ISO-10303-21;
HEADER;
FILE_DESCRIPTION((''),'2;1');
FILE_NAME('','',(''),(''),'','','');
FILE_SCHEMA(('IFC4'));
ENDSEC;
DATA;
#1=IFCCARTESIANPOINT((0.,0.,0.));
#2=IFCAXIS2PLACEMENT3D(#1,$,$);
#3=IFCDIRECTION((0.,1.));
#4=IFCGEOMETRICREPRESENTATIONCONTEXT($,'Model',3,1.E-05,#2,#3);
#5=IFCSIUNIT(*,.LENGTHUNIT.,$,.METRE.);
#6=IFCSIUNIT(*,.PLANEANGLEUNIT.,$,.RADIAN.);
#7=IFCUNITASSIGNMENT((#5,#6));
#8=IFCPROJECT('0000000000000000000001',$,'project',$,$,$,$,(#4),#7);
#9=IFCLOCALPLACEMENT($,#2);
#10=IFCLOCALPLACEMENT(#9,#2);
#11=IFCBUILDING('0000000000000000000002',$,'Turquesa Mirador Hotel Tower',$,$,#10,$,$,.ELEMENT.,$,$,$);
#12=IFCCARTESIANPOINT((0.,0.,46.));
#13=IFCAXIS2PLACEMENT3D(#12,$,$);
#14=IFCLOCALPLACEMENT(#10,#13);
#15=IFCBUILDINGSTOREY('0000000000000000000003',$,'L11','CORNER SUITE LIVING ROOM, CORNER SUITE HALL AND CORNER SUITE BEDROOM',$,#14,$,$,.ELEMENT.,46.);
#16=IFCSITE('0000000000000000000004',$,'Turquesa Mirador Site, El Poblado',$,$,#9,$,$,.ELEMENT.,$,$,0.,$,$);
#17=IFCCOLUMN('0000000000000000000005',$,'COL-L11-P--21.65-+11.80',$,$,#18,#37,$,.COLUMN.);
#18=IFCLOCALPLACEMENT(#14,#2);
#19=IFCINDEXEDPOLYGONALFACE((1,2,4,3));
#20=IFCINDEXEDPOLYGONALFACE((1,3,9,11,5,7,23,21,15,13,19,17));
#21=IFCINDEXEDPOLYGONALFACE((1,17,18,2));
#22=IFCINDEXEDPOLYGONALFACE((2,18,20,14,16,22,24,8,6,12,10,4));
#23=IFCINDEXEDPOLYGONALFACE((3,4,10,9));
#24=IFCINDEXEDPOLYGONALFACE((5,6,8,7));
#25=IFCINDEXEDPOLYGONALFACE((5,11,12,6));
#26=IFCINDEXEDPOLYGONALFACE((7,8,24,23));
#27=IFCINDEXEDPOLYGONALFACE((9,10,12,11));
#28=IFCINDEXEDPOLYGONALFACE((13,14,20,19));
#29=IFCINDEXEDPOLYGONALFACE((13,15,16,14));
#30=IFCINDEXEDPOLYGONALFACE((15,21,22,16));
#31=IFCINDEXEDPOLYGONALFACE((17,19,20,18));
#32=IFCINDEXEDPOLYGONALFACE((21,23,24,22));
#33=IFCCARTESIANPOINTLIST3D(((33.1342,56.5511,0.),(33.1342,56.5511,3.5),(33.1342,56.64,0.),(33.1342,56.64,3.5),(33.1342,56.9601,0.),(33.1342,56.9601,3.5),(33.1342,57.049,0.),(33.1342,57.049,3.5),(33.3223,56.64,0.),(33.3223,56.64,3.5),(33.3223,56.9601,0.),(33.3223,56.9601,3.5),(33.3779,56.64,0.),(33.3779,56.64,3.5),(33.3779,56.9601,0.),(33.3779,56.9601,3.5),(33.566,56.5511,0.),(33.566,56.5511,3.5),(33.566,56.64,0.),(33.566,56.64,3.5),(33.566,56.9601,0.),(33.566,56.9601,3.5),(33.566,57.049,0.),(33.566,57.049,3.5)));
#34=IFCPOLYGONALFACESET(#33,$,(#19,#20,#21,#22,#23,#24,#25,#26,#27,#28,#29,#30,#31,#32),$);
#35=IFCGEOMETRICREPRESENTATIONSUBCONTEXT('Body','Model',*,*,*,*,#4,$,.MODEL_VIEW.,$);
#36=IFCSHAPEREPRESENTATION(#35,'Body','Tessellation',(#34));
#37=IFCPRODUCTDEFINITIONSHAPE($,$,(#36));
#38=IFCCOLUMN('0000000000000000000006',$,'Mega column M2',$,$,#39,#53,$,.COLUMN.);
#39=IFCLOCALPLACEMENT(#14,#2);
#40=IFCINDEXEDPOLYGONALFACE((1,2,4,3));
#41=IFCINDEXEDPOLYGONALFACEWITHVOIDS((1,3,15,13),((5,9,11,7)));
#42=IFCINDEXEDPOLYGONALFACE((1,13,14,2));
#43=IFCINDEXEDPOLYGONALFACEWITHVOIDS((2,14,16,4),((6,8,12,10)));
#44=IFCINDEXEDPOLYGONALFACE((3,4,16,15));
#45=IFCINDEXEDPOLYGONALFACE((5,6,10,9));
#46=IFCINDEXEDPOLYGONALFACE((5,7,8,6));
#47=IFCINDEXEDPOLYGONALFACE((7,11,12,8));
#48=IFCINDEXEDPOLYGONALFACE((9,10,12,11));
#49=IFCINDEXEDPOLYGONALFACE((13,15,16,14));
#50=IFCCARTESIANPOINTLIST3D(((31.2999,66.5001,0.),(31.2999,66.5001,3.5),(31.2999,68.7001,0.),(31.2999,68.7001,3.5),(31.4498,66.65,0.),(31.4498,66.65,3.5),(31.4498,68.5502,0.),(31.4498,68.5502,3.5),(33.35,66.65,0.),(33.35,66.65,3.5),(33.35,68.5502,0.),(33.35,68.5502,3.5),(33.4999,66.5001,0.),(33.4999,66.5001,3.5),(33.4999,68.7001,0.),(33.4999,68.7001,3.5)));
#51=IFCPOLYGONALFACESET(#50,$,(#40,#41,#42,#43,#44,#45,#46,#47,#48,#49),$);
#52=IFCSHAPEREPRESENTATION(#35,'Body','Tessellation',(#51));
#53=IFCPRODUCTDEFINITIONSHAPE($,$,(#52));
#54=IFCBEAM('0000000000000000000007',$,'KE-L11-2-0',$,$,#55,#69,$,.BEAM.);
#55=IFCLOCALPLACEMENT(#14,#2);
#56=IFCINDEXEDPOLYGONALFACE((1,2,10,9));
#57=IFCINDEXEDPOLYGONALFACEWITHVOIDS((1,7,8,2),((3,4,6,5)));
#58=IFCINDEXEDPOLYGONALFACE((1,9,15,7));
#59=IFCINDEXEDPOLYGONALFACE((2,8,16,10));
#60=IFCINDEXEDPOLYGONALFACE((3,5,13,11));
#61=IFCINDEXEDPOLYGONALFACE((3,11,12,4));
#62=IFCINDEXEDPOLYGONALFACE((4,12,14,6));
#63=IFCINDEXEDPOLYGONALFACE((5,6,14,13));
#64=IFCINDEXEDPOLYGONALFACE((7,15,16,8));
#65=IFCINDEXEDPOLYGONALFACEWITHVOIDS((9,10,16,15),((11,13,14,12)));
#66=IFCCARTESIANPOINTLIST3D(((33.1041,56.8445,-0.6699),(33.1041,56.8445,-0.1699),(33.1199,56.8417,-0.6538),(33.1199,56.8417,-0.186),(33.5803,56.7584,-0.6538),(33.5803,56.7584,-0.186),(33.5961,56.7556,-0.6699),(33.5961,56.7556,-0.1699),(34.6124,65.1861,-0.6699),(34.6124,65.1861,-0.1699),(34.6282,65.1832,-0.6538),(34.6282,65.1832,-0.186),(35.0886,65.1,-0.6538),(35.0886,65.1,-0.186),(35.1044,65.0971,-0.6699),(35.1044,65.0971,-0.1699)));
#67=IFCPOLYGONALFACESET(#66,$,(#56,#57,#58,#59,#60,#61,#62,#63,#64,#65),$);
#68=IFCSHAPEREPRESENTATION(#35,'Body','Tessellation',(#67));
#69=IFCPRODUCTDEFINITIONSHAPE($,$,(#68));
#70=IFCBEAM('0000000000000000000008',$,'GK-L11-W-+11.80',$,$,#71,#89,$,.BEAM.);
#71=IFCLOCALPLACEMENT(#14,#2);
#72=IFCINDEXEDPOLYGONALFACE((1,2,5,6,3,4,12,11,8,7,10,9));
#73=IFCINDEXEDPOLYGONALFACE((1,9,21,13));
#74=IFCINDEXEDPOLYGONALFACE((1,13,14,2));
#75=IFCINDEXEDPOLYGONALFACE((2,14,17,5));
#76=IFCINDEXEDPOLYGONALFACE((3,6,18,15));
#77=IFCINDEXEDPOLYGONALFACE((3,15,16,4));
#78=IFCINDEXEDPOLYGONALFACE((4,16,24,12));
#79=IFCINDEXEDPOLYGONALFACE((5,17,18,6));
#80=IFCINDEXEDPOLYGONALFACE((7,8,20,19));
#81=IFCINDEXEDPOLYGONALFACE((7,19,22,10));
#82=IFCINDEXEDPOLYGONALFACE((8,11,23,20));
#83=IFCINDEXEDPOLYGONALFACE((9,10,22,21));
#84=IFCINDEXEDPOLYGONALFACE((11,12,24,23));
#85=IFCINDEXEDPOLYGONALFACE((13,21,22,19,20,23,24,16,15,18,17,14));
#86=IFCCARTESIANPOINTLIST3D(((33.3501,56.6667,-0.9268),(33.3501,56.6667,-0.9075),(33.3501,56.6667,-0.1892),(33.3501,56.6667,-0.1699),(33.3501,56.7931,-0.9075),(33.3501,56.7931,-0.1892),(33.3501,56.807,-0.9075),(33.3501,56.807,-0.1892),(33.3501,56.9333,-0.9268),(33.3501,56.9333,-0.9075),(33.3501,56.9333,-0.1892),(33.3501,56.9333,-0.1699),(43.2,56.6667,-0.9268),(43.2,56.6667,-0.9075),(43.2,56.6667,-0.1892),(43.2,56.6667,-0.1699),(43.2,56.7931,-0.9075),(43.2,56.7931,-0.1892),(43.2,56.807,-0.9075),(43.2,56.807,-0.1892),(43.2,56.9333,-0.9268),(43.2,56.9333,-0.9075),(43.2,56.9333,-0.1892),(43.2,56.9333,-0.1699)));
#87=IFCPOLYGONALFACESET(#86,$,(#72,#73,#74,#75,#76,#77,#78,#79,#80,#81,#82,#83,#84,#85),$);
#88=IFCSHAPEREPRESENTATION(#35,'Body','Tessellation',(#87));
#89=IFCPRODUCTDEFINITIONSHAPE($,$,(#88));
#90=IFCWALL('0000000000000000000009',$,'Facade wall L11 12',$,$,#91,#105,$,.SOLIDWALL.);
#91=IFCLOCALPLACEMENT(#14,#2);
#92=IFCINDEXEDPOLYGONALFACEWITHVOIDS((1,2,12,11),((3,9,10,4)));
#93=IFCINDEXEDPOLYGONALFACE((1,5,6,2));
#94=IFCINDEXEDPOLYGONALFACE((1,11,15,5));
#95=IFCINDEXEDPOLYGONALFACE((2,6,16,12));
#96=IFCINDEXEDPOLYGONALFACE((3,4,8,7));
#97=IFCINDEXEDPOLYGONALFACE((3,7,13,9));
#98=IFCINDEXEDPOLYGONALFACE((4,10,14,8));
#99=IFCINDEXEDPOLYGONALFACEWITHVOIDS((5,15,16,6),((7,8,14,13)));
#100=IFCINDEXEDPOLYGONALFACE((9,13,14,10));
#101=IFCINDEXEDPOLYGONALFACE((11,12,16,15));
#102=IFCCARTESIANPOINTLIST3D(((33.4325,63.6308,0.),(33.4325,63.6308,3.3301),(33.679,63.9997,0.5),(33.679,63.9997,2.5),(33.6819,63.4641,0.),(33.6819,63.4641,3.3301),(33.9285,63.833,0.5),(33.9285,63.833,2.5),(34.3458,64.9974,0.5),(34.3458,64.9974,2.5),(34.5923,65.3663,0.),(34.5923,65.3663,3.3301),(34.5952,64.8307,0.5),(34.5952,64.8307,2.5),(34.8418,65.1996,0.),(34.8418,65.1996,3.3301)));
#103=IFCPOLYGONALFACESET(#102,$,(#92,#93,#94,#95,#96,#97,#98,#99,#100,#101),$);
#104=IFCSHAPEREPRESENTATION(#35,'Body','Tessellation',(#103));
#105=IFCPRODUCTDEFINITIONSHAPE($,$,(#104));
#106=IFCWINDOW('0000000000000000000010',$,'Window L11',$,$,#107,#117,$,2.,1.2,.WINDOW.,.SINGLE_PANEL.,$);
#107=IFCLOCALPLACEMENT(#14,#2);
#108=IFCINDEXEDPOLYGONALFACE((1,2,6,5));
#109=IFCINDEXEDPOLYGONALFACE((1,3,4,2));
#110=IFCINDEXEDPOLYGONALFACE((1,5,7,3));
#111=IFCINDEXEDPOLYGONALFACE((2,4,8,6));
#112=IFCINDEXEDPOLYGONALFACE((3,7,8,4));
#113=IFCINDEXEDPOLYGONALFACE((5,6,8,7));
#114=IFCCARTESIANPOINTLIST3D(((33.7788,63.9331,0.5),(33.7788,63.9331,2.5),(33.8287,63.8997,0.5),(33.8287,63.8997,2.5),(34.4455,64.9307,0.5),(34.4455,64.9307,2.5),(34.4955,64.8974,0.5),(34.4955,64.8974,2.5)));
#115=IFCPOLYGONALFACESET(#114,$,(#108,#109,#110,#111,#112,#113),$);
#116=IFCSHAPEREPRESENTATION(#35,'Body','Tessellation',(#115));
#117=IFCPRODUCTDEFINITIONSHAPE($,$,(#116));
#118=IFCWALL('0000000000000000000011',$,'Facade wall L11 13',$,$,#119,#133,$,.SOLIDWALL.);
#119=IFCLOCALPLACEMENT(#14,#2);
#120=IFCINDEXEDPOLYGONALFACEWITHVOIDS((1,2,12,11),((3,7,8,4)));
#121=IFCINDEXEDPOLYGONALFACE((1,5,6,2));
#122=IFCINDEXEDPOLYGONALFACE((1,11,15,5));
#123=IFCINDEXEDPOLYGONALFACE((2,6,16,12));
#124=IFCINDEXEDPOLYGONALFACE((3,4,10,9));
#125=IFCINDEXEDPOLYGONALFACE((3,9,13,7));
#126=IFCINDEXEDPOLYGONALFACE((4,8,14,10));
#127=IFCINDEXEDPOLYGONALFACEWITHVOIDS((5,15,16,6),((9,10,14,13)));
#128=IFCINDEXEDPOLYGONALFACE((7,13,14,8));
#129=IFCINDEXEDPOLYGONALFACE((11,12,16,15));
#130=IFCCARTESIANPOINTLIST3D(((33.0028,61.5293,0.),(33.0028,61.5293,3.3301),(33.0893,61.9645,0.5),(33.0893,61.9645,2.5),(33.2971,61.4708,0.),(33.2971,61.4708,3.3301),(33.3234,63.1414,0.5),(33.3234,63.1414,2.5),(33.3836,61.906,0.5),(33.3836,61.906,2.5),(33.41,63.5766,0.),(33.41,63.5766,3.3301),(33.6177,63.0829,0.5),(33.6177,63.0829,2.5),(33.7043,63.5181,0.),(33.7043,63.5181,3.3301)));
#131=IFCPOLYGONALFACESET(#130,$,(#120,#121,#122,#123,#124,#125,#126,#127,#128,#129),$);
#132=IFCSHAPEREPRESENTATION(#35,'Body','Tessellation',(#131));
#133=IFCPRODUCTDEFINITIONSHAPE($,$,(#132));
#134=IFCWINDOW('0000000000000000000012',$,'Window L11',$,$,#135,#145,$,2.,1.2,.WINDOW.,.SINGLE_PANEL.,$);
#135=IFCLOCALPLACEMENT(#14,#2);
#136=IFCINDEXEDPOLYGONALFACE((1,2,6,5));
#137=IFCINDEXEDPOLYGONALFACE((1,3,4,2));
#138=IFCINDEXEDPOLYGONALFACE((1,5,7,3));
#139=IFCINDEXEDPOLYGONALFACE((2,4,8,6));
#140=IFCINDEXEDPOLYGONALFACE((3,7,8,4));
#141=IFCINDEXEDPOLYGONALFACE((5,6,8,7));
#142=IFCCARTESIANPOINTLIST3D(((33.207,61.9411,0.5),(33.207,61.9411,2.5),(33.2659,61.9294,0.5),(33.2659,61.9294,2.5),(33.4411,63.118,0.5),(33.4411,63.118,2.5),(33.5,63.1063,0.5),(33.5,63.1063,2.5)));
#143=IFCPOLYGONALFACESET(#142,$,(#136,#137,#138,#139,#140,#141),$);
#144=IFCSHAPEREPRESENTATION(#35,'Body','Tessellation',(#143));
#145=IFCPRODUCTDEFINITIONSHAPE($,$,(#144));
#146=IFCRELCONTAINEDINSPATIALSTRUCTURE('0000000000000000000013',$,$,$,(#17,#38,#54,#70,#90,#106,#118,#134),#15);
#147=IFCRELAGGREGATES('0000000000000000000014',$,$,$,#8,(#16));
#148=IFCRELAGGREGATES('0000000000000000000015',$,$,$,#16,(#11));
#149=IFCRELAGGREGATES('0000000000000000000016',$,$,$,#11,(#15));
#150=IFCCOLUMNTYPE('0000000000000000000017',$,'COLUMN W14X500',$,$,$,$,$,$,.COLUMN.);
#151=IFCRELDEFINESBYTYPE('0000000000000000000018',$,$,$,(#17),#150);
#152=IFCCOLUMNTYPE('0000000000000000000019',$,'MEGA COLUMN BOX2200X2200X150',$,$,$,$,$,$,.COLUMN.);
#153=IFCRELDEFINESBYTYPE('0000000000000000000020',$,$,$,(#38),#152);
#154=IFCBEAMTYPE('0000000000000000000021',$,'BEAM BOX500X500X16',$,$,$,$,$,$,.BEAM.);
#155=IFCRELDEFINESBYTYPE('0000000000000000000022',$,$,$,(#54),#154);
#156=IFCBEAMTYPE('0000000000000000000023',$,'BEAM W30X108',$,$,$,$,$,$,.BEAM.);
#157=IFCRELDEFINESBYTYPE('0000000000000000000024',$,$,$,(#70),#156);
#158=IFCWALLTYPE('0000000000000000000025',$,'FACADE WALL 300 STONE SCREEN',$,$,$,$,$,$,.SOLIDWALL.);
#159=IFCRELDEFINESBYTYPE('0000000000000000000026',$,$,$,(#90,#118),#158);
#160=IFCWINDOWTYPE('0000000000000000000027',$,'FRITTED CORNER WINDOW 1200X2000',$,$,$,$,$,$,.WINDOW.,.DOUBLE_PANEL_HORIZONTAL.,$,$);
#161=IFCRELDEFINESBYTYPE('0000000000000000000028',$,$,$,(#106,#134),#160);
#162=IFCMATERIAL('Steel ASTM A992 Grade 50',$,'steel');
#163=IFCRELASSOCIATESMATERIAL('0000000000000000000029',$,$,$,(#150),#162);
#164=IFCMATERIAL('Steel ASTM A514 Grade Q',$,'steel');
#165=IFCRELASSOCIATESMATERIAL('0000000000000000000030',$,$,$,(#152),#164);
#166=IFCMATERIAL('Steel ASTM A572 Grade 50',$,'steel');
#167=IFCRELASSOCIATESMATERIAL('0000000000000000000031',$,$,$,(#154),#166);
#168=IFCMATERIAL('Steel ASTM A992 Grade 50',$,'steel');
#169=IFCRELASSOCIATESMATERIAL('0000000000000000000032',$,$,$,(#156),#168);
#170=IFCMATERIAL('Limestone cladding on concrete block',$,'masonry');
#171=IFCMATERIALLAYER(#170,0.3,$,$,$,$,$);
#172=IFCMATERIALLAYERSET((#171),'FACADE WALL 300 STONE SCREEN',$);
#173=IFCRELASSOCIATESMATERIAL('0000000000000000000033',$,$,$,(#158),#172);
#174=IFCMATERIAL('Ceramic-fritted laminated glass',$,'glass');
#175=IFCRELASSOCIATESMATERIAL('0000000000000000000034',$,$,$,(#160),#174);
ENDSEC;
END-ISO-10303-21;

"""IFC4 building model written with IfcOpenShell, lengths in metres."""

from ifc_helpers import new_model, si_unit, direction, frame, frame_2d, origin, origin_2d, place, context, subcontext, project, spatial, rectangle, hollow_rectangle, i_section, extrude, material, layer, layer_set, material_profile, profile_set, type_object, element, fill, save


model = new_model("IFC4")

# Units and contexts
model_context = context("Model", 3, precision=1e-05, world=origin(), true_north=direction((0.0, 1.0)))
body_context = subcontext(model_context, "Body", "Model", "MODEL_VIEW")
ifc_project = project(units=[si_unit("LENGTHUNIT", "METRE"), si_unit("PLANEANGLEUNIT", "RADIAN")], contexts=[model_context])

# Site, building, storey
site_placement = place(None, origin())
site = spatial("IfcSite", under=ifc_project, at=site_placement, Name="Turquesa Mirador Site, El Poblado", CompositionType="ELEMENT", RefElevation=0.0)
building_placement = place(site_placement, origin())
building = spatial("IfcBuilding", under=site, at=building_placement, Name="Turquesa Mirador Hotel Tower", CompositionType="ELEMENT")
storey_placement = place(building_placement, frame((0.0, 0.0, 46.0)))
storey = spatial("IfcBuildingStorey", under=building, at=storey_placement, Name="L11", Description="CORNER SUITE LIVING ROOM, CORNER SUITE HALL AND CORNER SUITE BEDROOM", CompositionType="ELEMENT", Elevation=46.0)

# Columns
ifc_material_1 = material(Name="Steel ASTM A992 Grade 50", Category="steel")
ifc_material_profile_1 = material_profile(ifc_material_1, i_section(OverallWidth=0.4319, OverallDepth=0.4978, WebThickness=0.0557, FlangeThickness=0.0889, at=origin_2d()), Name="W14X500")
ifc_profile_set_1 = profile_set([ifc_material_profile_1], Name="Steel ASTM A992 Grade 50")
column_type_1 = type_object("IfcColumnType", Name="COLUMN W14X500", PredefinedType="COLUMN", material=ifc_profile_set_1)
column_1_placement = place(storey_placement, frame((33.3501, 56.8, 0.0), z_axis=(0.0, 0.0, 1.0), x_axis=(1.0, 0.0, 0.0)))
element("IfcColumn", 1, at=column_1_placement, inside=storey, type_object=column_type_1, Name="COL-L11-P--21.65-+11.80", PredefinedType="COLUMN", context=body_context, shape_type="SweptSolid", body=[
    extrude(i_section(OverallWidth=0.4319, OverallDepth=0.4978, WebThickness=0.0557, FlangeThickness=0.0889, at=origin_2d()), origin(), (0.0, 0.0, 1.0), 3.5),
])
ifc_material_2 = material(Name="Steel ASTM A514 Grade Q", Category="steel")
ifc_material_profile_2 = material_profile(ifc_material_2, hollow_rectangle(XDim=2.2, YDim=2.2, WallThickness=0.1499, at=origin_2d()), Name="BOX2200X2200X150")
ifc_profile_set_2 = profile_set([ifc_material_profile_2], Name="Steel ASTM A514 Grade Q")
column_type_2 = type_object("IfcColumnType", Name="MEGA COLUMN BOX2200X2200X150", PredefinedType="COLUMN", material=ifc_profile_set_2)
column_2_placement = place(storey_placement, frame((32.3999, 67.6001, 0.0), z_axis=(0.0, 0.0, 1.0), x_axis=(1.0, 0.0, 0.0)))
element("IfcColumn", 2, at=column_2_placement, inside=storey, type_object=column_type_2, Name="Mega column M2", PredefinedType="COLUMN", context=body_context, shape_type="SweptSolid", body=[
    extrude(hollow_rectangle(XDim=2.2, YDim=2.2, WallThickness=0.1499, at=origin_2d()), origin(), (0.0, 0.0, 1.0), 3.5),
])

# Beams
ifc_material_3 = material(Name="Steel ASTM A572 Grade 50", Category="steel")
ifc_material_profile_3 = material_profile(ifc_material_3, hollow_rectangle(XDim=0.5, YDim=0.5, WallThickness=0.0161, at=origin_2d()), Name="BOX500X500X16")
ifc_profile_set_3 = profile_set([ifc_material_profile_3], Name="Steel ASTM A572 Grade 50")
beam_type_1 = type_object("IfcBeamType", Name="BEAM BOX500X500X16", PredefinedType="BEAM", material=ifc_profile_set_3)
beam_1_placement = place(storey_placement, frame((33.3501, 56.8, -0.4199), z_axis=(0.177932, 0.984043, 0.0), x_axis=(-0.984043, 0.177932, 0.0)))
element("IfcBeam", 3, at=beam_1_placement, inside=storey, type_object=beam_type_1, Name="KE-L11-2-0", PredefinedType="BEAM", context=body_context, shape_type="SweptSolid", body=[
    extrude(hollow_rectangle(XDim=0.5, YDim=0.5, WallThickness=0.0161, at=origin_2d()), origin(), (0.0, 0.0, 1.0), 8.4768),
])
ifc_material_4 = material(Name="Steel ASTM A992 Grade 50", Category="steel")
ifc_material_profile_4 = material_profile(ifc_material_4, i_section(OverallWidth=0.2666, OverallDepth=0.7568, WebThickness=0.0139, FlangeThickness=0.0193, at=origin_2d()), Name="W30X108")
ifc_profile_set_4 = profile_set([ifc_material_profile_4], Name="Steel ASTM A992 Grade 50")
beam_type_2 = type_object("IfcBeamType", Name="BEAM W30X108", PredefinedType="BEAM", material=ifc_profile_set_4)
beam_2_placement = place(storey_placement, frame((33.3501, 56.8, -0.5483), z_axis=(1.0, 0.0, 0.0), x_axis=(0.0, 1.0, 0.0)))
element("IfcBeam", 4, at=beam_2_placement, inside=storey, type_object=beam_type_2, Name="GK-L11-W-+11.80", PredefinedType="BEAM", context=body_context, shape_type="SweptSolid", body=[
    extrude(i_section(OverallWidth=0.2666, OverallDepth=0.7568, WebThickness=0.0139, FlangeThickness=0.0193, at=origin_2d()), origin(), (0.0, 0.0, 1.0), 9.8499),
])

# Walls, openings, windows
ifc_material_5 = material(Name="Limestone cladding on concrete block", Category="masonry")
ifc_layer_1 = layer(ifc_material_5, 0.3)
ifc_layer_set_1 = layer_set([ifc_layer_1], Name="FACADE WALL 300 STONE SCREEN")
wall_type_1 = type_object("IfcWallType", Name="FACADE WALL 300 STONE SCREEN", PredefinedType="SOLIDWALL", material=ifc_layer_set_1)
wall_1_placement = place(storey_placement, frame((34.717, 65.283, 0.0), z_axis=(0.0, 0.0, 1.0), x_axis=(-0.555644, -0.83142, 0.0)))
wall_1 = element("IfcWall", 5, at=wall_1_placement, inside=storey, type_object=wall_type_1, Name="Facade wall L11 12", PredefinedType="SOLIDWALL", context=body_context, shape_type="SweptSolid", body=[
    extrude(rectangle(XDim=2.0874, YDim=0.3, at=frame_2d((1.0437, 0.0))), origin(), (0.0, 0.0, 1.0), 3.3301),
])
opening_1_placement = place(wall_1_placement, frame((0.4436, 0.0, 0.5)))
opening_1 = element("IfcOpeningElement", 6, at=opening_1_placement, cuts=wall_1, PredefinedType="OPENING", context=body_context, shape_type="SweptSolid", body=[
    extrude(rectangle(XDim=1.2, YDim=2.0, at=frame_2d((0.6001, 1.0))), frame((0.0, 0.1599, 0.0), z_axis=(0.0, -1.0, 0.0), x_axis=(1.0, 0.0, 0.0)), (0.0, 0.0, 1.0), 0.3201),
])
ifc_material_6 = material(Name="Ceramic-fritted laminated glass", Category="glass")
window_type_1 = type_object("IfcWindowType", Name="FRITTED CORNER WINDOW 1200X2000", PartitioningType="DOUBLE_PANEL_HORIZONTAL", PredefinedType="WINDOW", material=ifc_material_6)
window_1_placement = place(opening_1_placement, origin())
window_1 = element("IfcWindow", 7, at=window_1_placement, inside=storey, type_object=window_type_1, Name="Window L11", OverallHeight=2.0, OverallWidth=1.2, PartitioningType="SINGLE_PANEL", PredefinedType="WINDOW", context=body_context, shape_type="SweptSolid", body=[
    extrude(rectangle(XDim=1.2, YDim=2.0, at=frame_2d((0.6001, 1.0))), frame((0.0, 0.03, 0.0), z_axis=(0.0, -1.0, 0.0), x_axis=(1.0, 0.0, 0.0)), (0.0, 0.0, 1.0), 0.0601),
])
fill(opening_1, window_1)
wall_2_placement = place(storey_placement, frame((33.5571, 63.5474, 0.0), z_axis=(0.0, 0.0, 1.0), x_axis=(-0.195081, -0.980787, 0.0)))
wall_2 = element("IfcWall", 8, at=wall_2_placement, inside=storey, type_object=wall_type_1, Name="Facade wall L11 13", PredefinedType="SOLIDWALL", context=body_context, shape_type="SweptSolid", body=[
    extrude(rectangle(XDim=2.0874, YDim=0.3, at=frame_2d((1.0437, 0.0))), origin(), (0.0, 0.0, 1.0), 3.3301),
])
opening_2_placement = place(wall_2_placement, frame((0.4436, 0.0, 0.5)))
opening_2 = element("IfcOpeningElement", 9, at=opening_2_placement, cuts=wall_2, PredefinedType="OPENING", context=body_context, shape_type="SweptSolid", body=[
    extrude(rectangle(XDim=1.2, YDim=2.0, at=frame_2d((0.6001, 1.0))), frame((0.0, 0.1599, 0.0), z_axis=(0.0, -1.0, 0.0), x_axis=(1.0, 0.0, 0.0)), (0.0, 0.0, 1.0), 0.3201),
])
window_2_placement = place(opening_2_placement, origin())
window_2 = element("IfcWindow", 10, at=window_2_placement, inside=storey, type_object=window_type_1, Name="Window L11", OverallHeight=2.0, OverallWidth=1.2, PartitioningType="SINGLE_PANEL", PredefinedType="WINDOW", context=body_context, shape_type="SweptSolid", body=[
    extrude(rectangle(XDim=1.2, YDim=2.0, at=frame_2d((0.6001, 1.0))), frame((0.0, 0.03, 0.0), z_axis=(0.0, -1.0, 0.0), x_axis=(1.0, 0.0, 0.0)), (0.0, 0.0, 1.0), 0.0601),
])
fill(opening_2, window_2)

save(model, "model.ifc")
